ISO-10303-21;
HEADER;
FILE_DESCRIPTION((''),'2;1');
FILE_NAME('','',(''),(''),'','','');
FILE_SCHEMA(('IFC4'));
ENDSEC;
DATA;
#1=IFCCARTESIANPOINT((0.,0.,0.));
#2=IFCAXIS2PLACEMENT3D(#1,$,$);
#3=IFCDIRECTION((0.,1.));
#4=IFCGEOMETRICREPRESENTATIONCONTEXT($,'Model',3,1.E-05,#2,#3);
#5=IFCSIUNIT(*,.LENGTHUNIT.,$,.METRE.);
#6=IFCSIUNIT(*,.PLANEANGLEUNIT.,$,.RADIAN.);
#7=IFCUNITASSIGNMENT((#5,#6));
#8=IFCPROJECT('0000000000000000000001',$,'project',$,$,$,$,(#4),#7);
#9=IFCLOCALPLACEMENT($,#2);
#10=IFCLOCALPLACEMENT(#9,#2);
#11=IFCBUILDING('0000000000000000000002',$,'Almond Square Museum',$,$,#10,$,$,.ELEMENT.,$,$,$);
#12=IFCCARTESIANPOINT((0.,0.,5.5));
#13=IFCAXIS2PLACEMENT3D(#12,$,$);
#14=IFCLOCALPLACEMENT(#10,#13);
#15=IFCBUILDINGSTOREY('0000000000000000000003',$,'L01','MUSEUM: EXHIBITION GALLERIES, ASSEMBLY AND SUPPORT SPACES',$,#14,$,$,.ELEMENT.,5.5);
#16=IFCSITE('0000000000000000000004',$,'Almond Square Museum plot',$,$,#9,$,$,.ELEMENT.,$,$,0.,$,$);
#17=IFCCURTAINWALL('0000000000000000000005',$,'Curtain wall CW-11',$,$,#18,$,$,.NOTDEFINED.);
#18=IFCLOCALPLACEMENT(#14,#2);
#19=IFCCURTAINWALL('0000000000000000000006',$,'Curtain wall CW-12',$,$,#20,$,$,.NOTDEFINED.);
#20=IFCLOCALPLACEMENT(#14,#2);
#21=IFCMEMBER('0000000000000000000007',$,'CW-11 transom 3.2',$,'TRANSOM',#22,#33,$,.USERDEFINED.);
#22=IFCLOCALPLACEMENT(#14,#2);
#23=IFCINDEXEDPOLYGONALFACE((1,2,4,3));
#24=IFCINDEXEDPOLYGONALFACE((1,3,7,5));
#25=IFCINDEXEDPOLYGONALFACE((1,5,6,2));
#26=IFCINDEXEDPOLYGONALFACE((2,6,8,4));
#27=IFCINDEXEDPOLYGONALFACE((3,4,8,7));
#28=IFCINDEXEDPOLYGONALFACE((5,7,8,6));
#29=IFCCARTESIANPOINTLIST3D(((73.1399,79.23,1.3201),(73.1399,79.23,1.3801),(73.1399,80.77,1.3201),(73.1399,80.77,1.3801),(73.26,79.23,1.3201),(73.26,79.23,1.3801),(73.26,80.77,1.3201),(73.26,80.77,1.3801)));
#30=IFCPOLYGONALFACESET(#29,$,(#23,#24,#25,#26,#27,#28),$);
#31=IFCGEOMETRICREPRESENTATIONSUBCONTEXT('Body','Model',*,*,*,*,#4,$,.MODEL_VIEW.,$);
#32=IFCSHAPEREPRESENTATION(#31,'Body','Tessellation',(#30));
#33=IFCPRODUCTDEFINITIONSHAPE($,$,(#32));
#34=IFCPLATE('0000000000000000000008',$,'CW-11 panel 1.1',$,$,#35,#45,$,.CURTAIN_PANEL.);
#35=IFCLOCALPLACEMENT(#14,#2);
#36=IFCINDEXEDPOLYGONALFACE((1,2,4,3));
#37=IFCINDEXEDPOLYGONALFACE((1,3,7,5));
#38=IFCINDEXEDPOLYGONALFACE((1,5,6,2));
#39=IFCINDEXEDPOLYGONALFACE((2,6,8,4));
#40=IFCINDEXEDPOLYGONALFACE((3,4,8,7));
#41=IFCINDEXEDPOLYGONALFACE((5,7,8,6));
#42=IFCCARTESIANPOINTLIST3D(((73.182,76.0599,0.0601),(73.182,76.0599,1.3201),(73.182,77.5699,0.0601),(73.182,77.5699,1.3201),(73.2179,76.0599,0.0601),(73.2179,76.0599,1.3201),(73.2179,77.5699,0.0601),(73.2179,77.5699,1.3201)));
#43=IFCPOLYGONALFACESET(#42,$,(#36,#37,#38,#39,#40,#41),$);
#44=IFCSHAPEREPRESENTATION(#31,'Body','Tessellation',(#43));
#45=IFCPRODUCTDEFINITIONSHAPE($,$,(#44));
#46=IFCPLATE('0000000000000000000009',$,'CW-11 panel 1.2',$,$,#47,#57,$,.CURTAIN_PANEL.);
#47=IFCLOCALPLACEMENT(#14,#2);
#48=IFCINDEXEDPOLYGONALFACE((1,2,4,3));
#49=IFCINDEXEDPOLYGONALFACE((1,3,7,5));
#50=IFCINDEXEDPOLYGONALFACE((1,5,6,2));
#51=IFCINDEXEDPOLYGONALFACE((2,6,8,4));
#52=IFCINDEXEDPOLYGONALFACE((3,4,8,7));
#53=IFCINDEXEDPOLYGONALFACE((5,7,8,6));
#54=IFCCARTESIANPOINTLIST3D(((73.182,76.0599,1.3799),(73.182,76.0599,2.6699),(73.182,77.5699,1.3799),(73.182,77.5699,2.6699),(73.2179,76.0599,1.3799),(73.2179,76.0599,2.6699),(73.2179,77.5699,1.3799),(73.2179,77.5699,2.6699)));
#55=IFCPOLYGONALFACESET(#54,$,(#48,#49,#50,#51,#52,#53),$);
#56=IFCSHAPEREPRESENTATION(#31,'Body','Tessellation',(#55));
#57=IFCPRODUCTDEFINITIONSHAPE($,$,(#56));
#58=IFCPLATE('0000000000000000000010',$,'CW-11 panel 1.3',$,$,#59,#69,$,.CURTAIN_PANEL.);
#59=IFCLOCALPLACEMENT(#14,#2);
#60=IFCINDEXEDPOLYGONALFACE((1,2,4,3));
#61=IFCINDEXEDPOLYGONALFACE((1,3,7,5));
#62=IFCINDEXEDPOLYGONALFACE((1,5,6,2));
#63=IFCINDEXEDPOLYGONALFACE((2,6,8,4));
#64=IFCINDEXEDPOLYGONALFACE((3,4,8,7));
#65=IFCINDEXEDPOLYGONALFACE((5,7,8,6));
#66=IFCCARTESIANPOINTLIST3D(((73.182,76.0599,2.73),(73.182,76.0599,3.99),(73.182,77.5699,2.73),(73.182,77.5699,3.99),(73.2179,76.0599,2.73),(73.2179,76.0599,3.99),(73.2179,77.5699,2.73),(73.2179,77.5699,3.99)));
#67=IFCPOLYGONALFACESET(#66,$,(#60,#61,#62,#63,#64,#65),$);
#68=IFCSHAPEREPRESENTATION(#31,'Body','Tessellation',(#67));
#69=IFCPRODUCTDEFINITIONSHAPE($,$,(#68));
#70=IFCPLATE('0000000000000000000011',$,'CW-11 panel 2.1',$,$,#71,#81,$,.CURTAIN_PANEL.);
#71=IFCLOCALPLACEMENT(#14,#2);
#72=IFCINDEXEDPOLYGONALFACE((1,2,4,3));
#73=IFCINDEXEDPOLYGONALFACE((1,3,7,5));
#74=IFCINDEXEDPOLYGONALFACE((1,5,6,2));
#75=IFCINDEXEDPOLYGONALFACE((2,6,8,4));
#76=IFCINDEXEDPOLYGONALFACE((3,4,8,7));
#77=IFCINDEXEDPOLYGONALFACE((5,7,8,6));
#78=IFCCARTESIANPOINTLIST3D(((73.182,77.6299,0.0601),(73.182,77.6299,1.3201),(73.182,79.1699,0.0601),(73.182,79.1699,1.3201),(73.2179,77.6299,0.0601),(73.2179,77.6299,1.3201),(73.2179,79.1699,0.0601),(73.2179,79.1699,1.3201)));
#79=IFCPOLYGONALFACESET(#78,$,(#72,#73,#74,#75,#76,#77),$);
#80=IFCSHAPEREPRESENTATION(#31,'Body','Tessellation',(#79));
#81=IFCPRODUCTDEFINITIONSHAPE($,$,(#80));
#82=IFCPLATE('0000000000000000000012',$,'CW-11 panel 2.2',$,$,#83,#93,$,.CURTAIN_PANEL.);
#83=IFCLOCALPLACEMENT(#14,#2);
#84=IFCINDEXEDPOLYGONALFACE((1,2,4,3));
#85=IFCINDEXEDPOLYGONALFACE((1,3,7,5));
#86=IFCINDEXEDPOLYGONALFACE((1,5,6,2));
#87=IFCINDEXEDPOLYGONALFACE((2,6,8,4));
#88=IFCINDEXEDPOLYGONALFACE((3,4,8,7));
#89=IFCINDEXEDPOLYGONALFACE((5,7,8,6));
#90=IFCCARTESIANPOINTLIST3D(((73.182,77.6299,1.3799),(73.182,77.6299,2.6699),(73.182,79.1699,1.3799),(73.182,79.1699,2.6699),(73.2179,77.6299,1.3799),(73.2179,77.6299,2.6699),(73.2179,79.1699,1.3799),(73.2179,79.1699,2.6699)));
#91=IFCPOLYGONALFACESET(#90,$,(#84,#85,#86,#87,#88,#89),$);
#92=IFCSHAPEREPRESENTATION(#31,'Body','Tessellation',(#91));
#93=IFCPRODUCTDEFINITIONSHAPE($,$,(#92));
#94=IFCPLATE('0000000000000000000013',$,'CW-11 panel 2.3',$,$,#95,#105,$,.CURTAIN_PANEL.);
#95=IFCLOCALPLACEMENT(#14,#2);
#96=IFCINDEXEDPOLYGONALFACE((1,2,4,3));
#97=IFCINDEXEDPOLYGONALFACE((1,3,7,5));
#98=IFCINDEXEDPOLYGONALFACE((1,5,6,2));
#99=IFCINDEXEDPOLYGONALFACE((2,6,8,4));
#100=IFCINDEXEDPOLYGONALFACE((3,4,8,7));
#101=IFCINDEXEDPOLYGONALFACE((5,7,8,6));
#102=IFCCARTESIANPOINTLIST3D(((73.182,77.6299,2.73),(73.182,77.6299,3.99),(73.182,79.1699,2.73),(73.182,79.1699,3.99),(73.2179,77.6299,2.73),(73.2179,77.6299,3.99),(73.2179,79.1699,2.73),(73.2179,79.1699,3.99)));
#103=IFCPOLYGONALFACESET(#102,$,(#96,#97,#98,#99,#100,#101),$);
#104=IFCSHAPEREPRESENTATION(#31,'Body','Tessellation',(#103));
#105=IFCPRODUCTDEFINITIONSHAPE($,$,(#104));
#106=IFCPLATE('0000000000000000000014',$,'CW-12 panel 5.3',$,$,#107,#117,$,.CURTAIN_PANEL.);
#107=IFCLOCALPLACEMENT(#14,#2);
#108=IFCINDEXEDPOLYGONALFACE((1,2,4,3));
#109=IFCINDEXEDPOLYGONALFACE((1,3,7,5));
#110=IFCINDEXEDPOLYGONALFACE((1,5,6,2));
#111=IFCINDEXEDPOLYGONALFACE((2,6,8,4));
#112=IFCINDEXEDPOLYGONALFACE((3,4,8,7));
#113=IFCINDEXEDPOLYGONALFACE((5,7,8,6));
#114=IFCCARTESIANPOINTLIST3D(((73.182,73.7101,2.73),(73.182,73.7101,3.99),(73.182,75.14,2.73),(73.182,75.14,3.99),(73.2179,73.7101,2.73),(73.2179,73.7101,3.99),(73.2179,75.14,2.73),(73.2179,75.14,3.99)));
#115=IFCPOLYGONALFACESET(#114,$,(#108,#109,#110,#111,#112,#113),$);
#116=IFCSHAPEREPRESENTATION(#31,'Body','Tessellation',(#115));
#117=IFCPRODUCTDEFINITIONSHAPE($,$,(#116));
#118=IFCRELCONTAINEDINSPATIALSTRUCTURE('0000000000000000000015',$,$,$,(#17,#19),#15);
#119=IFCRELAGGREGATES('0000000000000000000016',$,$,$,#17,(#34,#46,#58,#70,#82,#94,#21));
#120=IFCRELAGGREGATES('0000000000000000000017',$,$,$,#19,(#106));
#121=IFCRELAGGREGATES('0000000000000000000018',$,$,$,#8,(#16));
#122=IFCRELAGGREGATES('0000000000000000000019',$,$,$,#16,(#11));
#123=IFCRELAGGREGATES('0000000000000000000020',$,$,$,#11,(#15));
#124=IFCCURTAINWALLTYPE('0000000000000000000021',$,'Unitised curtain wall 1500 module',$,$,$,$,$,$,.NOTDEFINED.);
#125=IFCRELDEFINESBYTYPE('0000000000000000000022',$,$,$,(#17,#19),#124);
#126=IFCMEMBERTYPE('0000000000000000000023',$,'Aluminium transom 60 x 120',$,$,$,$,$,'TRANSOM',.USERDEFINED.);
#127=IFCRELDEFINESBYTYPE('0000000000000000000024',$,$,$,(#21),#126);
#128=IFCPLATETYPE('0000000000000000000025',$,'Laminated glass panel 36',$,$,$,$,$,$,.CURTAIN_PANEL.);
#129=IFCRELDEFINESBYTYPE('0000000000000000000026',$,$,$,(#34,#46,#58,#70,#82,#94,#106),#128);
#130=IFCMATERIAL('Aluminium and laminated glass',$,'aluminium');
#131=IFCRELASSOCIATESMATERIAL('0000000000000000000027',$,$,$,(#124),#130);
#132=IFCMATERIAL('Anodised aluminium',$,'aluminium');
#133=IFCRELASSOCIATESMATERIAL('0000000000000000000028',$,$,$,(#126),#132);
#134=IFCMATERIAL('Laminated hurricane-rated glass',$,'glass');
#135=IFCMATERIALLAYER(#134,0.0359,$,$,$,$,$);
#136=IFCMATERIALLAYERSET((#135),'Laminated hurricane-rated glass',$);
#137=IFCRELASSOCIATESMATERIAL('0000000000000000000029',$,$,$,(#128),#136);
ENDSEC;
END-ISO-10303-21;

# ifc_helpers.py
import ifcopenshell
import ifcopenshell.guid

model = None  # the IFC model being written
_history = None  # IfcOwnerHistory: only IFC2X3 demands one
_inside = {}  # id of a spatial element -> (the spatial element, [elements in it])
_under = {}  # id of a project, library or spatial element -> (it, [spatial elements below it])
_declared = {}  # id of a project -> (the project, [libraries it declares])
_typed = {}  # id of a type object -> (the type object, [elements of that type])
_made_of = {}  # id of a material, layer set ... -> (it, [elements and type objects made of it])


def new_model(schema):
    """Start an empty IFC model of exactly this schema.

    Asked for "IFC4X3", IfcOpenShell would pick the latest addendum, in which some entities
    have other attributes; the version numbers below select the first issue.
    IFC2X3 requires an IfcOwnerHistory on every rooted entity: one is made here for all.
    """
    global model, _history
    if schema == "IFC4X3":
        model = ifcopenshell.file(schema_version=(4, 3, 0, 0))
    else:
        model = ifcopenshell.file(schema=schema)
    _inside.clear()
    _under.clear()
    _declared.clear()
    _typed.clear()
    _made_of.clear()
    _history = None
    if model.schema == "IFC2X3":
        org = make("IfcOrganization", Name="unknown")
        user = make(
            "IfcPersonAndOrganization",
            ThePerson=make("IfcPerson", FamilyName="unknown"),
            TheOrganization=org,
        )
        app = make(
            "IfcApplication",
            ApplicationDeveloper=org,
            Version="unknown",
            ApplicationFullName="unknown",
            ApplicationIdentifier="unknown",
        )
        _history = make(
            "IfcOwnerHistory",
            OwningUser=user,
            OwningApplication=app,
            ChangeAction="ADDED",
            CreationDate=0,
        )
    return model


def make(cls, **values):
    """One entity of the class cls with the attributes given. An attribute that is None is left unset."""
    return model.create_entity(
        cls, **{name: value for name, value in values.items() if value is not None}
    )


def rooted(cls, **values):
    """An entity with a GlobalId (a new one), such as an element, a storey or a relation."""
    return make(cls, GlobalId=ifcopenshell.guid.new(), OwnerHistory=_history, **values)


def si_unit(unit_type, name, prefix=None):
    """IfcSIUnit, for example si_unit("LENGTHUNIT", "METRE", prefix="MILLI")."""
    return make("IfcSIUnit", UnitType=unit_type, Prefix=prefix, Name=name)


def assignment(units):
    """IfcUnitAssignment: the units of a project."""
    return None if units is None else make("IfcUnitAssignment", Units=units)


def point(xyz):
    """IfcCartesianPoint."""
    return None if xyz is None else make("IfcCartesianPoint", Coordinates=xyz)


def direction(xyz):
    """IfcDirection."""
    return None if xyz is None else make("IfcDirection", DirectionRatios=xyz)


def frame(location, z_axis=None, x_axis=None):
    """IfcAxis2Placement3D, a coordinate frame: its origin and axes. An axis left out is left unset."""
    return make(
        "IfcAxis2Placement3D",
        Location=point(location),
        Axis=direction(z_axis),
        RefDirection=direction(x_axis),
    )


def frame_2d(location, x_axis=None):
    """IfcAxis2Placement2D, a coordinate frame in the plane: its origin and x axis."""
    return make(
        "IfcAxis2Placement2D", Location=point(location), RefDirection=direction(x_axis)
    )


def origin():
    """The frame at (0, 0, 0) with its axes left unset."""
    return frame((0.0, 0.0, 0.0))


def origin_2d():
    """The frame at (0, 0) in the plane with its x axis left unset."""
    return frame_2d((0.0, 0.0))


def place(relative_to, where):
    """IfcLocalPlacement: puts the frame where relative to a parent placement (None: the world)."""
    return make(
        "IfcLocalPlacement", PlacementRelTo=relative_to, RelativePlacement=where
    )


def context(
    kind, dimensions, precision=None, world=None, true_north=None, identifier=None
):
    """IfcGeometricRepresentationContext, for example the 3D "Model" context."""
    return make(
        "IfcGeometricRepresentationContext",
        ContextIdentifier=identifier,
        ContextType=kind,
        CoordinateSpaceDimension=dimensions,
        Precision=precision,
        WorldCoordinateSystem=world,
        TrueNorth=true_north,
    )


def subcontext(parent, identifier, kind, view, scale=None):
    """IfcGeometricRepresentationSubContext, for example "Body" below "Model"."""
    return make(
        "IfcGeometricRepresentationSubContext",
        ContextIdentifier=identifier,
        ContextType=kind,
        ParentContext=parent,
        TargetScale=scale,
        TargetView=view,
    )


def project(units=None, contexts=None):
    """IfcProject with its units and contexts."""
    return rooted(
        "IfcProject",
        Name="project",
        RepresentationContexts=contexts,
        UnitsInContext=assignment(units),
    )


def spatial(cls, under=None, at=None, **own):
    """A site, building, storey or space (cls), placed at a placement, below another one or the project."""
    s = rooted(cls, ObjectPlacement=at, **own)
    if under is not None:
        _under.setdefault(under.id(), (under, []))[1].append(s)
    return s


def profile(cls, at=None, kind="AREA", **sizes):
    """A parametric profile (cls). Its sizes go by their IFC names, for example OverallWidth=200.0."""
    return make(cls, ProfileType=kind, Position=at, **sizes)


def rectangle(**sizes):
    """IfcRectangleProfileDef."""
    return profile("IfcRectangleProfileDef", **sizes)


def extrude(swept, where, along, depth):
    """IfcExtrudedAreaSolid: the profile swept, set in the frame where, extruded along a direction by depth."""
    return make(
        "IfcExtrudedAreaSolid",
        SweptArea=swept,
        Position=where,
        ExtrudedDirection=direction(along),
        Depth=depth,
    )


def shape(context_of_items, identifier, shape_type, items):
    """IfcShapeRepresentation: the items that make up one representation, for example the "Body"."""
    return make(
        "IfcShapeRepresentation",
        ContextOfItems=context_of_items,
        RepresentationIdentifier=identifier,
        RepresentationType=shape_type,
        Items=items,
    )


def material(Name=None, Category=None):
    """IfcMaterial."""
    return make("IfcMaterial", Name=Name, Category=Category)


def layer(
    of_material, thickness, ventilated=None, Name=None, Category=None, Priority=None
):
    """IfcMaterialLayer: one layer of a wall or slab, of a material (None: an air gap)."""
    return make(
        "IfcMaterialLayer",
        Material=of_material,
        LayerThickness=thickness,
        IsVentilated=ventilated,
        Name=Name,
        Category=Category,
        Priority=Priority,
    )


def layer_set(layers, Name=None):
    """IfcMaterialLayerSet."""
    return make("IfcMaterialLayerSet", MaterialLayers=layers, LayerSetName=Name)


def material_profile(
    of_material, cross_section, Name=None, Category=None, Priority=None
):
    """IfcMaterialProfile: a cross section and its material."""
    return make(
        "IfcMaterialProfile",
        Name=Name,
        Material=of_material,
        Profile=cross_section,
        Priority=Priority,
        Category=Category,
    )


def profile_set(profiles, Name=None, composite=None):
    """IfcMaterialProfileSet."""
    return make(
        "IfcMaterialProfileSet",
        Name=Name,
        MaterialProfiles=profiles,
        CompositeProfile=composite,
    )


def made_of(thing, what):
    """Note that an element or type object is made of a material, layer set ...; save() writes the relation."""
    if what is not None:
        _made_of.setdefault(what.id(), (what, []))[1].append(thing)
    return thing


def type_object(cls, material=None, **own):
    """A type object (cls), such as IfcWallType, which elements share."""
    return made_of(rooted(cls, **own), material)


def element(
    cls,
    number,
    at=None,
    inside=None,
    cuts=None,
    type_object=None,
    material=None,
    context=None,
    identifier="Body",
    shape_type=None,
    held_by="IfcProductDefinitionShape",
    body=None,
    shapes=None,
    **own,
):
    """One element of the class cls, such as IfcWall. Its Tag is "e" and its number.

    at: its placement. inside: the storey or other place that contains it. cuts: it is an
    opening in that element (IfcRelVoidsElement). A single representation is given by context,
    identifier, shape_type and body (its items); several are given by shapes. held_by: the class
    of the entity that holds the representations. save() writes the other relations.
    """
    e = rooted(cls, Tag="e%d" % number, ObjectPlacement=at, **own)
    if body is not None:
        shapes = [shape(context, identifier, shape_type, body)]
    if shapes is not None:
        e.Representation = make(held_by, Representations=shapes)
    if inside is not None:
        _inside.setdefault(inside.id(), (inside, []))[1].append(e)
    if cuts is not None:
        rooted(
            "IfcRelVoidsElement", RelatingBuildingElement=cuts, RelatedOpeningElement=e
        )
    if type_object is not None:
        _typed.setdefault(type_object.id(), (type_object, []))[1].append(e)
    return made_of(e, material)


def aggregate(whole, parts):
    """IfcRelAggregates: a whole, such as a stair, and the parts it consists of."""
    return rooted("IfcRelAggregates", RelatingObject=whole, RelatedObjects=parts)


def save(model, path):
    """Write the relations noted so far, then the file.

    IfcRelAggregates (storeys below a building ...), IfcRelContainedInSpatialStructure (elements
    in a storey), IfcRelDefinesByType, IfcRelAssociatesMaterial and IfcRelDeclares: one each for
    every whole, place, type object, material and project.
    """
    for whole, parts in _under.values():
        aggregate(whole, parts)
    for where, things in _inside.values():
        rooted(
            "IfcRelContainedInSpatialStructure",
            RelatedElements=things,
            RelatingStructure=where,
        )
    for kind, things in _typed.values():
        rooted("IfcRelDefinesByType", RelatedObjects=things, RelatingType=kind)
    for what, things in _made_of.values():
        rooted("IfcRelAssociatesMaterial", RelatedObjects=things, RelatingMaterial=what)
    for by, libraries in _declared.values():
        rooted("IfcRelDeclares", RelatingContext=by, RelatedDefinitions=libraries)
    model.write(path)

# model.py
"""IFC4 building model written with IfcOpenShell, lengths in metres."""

from ifc_helpers import new_model, si_unit, direction, frame, origin, origin_2d, place, context, subcontext, project, spatial, rectangle, extrude, material, layer, layer_set, material_profile, profile_set, type_object, element, aggregate, save


model = new_model("IFC4")

# Units and contexts
model_context = context("Model", 3, precision=1e-05, world=origin(), true_north=direction((0.0, 1.0)))
body_context = subcontext(model_context, "Body", "Model", "MODEL_VIEW")
ifc_project = project(units=[si_unit("LENGTHUNIT", "METRE"), si_unit("PLANEANGLEUNIT", "RADIAN")], contexts=[model_context])

# Site, building, storey
site_placement = place(None, origin())
site = spatial("IfcSite", under=ifc_project, at=site_placement, Name="Almond Square Museum plot", CompositionType="ELEMENT", RefElevation=0.0)
building_placement = place(site_placement, origin())
building = spatial("IfcBuilding", under=site, at=building_placement, Name="Almond Square Museum", CompositionType="ELEMENT")
storey_placement = place(building_placement, frame((0.0, 0.0, 5.5)))
storey = spatial("IfcBuildingStorey", under=building, at=storey_placement, Name="L01", Description="MUSEUM: EXHIBITION GALLERIES, ASSEMBLY AND SUPPORT SPACES", CompositionType="ELEMENT", Elevation=5.5)

# Curtain wall
ifc_material_1 = material(Name="Aluminium and laminated glass", Category="aluminium")
curtain_wall_type = type_object("IfcCurtainWallType", Name="Unitised curtain wall 1500 module", PredefinedType="NOTDEFINED", material=ifc_material_1)
curtain_wall_1_placement = place(storey_placement, origin())
curtain_wall_1 = element("IfcCurtainWall", 1, at=curtain_wall_1_placement, inside=storey, type_object=curtain_wall_type, Name="Curtain wall CW-11", PredefinedType="NOTDEFINED")

# Curtain wall
curtain_wall_2_placement = place(storey_placement, origin())
curtain_wall_2 = element("IfcCurtainWall", 2, at=curtain_wall_2_placement, inside=storey, type_object=curtain_wall_type, Name="Curtain wall CW-12", PredefinedType="NOTDEFINED")

# Member
ifc_material_2 = material(Name="Anodised aluminium", Category="aluminium")
ifc_material_profile_1 = material_profile(ifc_material_2, rectangle(XDim=0.1201, YDim=0.0601, at=origin_2d()))
ifc_profile_set_1 = profile_set([ifc_material_profile_1], Name="Anodised aluminium")
member_type_1 = type_object("IfcMemberType", Name="Aluminium transom 60 x 120", ElementType="TRANSOM", PredefinedType="USERDEFINED", material=ifc_profile_set_1)
member_1_placement = place(storey_placement, frame((73.2, 79.23, 1.3501), z_axis=(0.0, 1.0, 0.0), x_axis=(-1.0, 0.0, 0.0)))
member_1 = element("IfcMember", 3, at=member_1_placement, type_object=member_type_1, Name="CW-11 transom 3.2", ObjectType="TRANSOM", PredefinedType="USERDEFINED", context=body_context, shape_type="SweptSolid", body=[
    extrude(rectangle(XDim=0.1201, YDim=0.0601, at=origin_2d()), origin(), (0.0, 0.0, 1.0), 1.54),
])

# Plates
ifc_material_3 = material(Name="Laminated hurricane-rated glass", Category="glass")
ifc_layer = layer(ifc_material_3, 0.0359)
ifc_layer_set = layer_set([ifc_layer], Name="Laminated hurricane-rated glass")
plate_type = type_object("IfcPlateType", Name="Laminated glass panel 36", PredefinedType="CURTAIN_PANEL", material=ifc_layer_set)
plate_1_placement = place(storey_placement, frame((73.2, 76.8149, 0.0601), z_axis=(0.0, 0.0, 1.0), x_axis=(0.0, 1.0, 0.0)))
plate_1 = element("IfcPlate", 4, at=plate_1_placement, type_object=plate_type, Name="CW-11 panel 1.1", PredefinedType="CURTAIN_PANEL", context=body_context, shape_type="SweptSolid", body=[
    extrude(rectangle(XDim=1.51, YDim=0.0359, at=origin_2d()), origin(), (0.0, 0.0, 1.0), 1.26),
])
plate_2_placement = place(storey_placement, frame((73.2, 76.8149, 1.3799), z_axis=(0.0, 0.0, 1.0), x_axis=(0.0, 1.0, 0.0)))
plate_2 = element("IfcPlate", 5, at=plate_2_placement, type_object=plate_type, Name="CW-11 panel 1.2", PredefinedType="CURTAIN_PANEL", context=body_context, shape_type="SweptSolid", body=[
    extrude(rectangle(XDim=1.51, YDim=0.0359, at=origin_2d()), origin(), (0.0, 0.0, 1.0), 1.29),
])
plate_3_placement = place(storey_placement, frame((73.2, 76.8149, 2.73), z_axis=(0.0, 0.0, 1.0), x_axis=(0.0, 1.0, 0.0)))
plate_3 = element("IfcPlate", 6, at=plate_3_placement, type_object=plate_type, Name="CW-11 panel 1.3", PredefinedType="CURTAIN_PANEL", context=body_context, shape_type="SweptSolid", body=[
    extrude(rectangle(XDim=1.51, YDim=0.0359, at=origin_2d()), origin(), (0.0, 0.0, 1.0), 1.26),
])
plate_4_placement = place(storey_placement, frame((73.2, 78.3999, 0.0601), z_axis=(0.0, 0.0, 1.0), x_axis=(0.0, 1.0, 0.0)))
plate_4 = element("IfcPlate", 7, at=plate_4_placement, type_object=plate_type, Name="CW-11 panel 2.1", PredefinedType="CURTAIN_PANEL", context=body_context, shape_type="SweptSolid", body=[
    extrude(rectangle(XDim=1.54, YDim=0.0359, at=origin_2d()), origin(), (0.0, 0.0, 1.0), 1.26),
])
plate_5_placement = place(storey_placement, frame((73.2, 78.3999, 1.3799), z_axis=(0.0, 0.0, 1.0), x_axis=(0.0, 1.0, 0.0)))
plate_5 = element("IfcPlate", 8, at=plate_5_placement, type_object=plate_type, Name="CW-11 panel 2.2", PredefinedType="CURTAIN_PANEL", context=body_context, shape_type="SweptSolid", body=[
    extrude(rectangle(XDim=1.54, YDim=0.0359, at=origin_2d()), origin(), (0.0, 0.0, 1.0), 1.29),
])
plate_6_placement = place(storey_placement, frame((73.2, 78.3999, 2.73), z_axis=(0.0, 0.0, 1.0), x_axis=(0.0, 1.0, 0.0)))
plate_6 = element("IfcPlate", 9, at=plate_6_placement, type_object=plate_type, Name="CW-11 panel 2.3", PredefinedType="CURTAIN_PANEL", context=body_context, shape_type="SweptSolid", body=[
    extrude(rectangle(XDim=1.54, YDim=0.0359, at=origin_2d()), origin(), (0.0, 0.0, 1.0), 1.26),
])
aggregate(curtain_wall_1, [plate_1, plate_2, plate_3, plate_4, plate_5, plate_6, member_1])
plate_7_placement = place(storey_placement, frame((73.2, 74.425, 2.73), z_axis=(0.0, 0.0, 1.0), x_axis=(0.0, 1.0, 0.0)))
plate_7 = element("IfcPlate", 10, at=plate_7_placement, type_object=plate_type, Name="CW-12 panel 5.3", PredefinedType="CURTAIN_PANEL", context=body_context, shape_type="SweptSolid", body=[
    extrude(rectangle(XDim=1.4299, YDim=0.0359, at=origin_2d()), origin(), (0.0, 0.0, 1.0), 1.26),
])
aggregate(curtain_wall_2, [plate_7])

save(model, "model.ifc")
